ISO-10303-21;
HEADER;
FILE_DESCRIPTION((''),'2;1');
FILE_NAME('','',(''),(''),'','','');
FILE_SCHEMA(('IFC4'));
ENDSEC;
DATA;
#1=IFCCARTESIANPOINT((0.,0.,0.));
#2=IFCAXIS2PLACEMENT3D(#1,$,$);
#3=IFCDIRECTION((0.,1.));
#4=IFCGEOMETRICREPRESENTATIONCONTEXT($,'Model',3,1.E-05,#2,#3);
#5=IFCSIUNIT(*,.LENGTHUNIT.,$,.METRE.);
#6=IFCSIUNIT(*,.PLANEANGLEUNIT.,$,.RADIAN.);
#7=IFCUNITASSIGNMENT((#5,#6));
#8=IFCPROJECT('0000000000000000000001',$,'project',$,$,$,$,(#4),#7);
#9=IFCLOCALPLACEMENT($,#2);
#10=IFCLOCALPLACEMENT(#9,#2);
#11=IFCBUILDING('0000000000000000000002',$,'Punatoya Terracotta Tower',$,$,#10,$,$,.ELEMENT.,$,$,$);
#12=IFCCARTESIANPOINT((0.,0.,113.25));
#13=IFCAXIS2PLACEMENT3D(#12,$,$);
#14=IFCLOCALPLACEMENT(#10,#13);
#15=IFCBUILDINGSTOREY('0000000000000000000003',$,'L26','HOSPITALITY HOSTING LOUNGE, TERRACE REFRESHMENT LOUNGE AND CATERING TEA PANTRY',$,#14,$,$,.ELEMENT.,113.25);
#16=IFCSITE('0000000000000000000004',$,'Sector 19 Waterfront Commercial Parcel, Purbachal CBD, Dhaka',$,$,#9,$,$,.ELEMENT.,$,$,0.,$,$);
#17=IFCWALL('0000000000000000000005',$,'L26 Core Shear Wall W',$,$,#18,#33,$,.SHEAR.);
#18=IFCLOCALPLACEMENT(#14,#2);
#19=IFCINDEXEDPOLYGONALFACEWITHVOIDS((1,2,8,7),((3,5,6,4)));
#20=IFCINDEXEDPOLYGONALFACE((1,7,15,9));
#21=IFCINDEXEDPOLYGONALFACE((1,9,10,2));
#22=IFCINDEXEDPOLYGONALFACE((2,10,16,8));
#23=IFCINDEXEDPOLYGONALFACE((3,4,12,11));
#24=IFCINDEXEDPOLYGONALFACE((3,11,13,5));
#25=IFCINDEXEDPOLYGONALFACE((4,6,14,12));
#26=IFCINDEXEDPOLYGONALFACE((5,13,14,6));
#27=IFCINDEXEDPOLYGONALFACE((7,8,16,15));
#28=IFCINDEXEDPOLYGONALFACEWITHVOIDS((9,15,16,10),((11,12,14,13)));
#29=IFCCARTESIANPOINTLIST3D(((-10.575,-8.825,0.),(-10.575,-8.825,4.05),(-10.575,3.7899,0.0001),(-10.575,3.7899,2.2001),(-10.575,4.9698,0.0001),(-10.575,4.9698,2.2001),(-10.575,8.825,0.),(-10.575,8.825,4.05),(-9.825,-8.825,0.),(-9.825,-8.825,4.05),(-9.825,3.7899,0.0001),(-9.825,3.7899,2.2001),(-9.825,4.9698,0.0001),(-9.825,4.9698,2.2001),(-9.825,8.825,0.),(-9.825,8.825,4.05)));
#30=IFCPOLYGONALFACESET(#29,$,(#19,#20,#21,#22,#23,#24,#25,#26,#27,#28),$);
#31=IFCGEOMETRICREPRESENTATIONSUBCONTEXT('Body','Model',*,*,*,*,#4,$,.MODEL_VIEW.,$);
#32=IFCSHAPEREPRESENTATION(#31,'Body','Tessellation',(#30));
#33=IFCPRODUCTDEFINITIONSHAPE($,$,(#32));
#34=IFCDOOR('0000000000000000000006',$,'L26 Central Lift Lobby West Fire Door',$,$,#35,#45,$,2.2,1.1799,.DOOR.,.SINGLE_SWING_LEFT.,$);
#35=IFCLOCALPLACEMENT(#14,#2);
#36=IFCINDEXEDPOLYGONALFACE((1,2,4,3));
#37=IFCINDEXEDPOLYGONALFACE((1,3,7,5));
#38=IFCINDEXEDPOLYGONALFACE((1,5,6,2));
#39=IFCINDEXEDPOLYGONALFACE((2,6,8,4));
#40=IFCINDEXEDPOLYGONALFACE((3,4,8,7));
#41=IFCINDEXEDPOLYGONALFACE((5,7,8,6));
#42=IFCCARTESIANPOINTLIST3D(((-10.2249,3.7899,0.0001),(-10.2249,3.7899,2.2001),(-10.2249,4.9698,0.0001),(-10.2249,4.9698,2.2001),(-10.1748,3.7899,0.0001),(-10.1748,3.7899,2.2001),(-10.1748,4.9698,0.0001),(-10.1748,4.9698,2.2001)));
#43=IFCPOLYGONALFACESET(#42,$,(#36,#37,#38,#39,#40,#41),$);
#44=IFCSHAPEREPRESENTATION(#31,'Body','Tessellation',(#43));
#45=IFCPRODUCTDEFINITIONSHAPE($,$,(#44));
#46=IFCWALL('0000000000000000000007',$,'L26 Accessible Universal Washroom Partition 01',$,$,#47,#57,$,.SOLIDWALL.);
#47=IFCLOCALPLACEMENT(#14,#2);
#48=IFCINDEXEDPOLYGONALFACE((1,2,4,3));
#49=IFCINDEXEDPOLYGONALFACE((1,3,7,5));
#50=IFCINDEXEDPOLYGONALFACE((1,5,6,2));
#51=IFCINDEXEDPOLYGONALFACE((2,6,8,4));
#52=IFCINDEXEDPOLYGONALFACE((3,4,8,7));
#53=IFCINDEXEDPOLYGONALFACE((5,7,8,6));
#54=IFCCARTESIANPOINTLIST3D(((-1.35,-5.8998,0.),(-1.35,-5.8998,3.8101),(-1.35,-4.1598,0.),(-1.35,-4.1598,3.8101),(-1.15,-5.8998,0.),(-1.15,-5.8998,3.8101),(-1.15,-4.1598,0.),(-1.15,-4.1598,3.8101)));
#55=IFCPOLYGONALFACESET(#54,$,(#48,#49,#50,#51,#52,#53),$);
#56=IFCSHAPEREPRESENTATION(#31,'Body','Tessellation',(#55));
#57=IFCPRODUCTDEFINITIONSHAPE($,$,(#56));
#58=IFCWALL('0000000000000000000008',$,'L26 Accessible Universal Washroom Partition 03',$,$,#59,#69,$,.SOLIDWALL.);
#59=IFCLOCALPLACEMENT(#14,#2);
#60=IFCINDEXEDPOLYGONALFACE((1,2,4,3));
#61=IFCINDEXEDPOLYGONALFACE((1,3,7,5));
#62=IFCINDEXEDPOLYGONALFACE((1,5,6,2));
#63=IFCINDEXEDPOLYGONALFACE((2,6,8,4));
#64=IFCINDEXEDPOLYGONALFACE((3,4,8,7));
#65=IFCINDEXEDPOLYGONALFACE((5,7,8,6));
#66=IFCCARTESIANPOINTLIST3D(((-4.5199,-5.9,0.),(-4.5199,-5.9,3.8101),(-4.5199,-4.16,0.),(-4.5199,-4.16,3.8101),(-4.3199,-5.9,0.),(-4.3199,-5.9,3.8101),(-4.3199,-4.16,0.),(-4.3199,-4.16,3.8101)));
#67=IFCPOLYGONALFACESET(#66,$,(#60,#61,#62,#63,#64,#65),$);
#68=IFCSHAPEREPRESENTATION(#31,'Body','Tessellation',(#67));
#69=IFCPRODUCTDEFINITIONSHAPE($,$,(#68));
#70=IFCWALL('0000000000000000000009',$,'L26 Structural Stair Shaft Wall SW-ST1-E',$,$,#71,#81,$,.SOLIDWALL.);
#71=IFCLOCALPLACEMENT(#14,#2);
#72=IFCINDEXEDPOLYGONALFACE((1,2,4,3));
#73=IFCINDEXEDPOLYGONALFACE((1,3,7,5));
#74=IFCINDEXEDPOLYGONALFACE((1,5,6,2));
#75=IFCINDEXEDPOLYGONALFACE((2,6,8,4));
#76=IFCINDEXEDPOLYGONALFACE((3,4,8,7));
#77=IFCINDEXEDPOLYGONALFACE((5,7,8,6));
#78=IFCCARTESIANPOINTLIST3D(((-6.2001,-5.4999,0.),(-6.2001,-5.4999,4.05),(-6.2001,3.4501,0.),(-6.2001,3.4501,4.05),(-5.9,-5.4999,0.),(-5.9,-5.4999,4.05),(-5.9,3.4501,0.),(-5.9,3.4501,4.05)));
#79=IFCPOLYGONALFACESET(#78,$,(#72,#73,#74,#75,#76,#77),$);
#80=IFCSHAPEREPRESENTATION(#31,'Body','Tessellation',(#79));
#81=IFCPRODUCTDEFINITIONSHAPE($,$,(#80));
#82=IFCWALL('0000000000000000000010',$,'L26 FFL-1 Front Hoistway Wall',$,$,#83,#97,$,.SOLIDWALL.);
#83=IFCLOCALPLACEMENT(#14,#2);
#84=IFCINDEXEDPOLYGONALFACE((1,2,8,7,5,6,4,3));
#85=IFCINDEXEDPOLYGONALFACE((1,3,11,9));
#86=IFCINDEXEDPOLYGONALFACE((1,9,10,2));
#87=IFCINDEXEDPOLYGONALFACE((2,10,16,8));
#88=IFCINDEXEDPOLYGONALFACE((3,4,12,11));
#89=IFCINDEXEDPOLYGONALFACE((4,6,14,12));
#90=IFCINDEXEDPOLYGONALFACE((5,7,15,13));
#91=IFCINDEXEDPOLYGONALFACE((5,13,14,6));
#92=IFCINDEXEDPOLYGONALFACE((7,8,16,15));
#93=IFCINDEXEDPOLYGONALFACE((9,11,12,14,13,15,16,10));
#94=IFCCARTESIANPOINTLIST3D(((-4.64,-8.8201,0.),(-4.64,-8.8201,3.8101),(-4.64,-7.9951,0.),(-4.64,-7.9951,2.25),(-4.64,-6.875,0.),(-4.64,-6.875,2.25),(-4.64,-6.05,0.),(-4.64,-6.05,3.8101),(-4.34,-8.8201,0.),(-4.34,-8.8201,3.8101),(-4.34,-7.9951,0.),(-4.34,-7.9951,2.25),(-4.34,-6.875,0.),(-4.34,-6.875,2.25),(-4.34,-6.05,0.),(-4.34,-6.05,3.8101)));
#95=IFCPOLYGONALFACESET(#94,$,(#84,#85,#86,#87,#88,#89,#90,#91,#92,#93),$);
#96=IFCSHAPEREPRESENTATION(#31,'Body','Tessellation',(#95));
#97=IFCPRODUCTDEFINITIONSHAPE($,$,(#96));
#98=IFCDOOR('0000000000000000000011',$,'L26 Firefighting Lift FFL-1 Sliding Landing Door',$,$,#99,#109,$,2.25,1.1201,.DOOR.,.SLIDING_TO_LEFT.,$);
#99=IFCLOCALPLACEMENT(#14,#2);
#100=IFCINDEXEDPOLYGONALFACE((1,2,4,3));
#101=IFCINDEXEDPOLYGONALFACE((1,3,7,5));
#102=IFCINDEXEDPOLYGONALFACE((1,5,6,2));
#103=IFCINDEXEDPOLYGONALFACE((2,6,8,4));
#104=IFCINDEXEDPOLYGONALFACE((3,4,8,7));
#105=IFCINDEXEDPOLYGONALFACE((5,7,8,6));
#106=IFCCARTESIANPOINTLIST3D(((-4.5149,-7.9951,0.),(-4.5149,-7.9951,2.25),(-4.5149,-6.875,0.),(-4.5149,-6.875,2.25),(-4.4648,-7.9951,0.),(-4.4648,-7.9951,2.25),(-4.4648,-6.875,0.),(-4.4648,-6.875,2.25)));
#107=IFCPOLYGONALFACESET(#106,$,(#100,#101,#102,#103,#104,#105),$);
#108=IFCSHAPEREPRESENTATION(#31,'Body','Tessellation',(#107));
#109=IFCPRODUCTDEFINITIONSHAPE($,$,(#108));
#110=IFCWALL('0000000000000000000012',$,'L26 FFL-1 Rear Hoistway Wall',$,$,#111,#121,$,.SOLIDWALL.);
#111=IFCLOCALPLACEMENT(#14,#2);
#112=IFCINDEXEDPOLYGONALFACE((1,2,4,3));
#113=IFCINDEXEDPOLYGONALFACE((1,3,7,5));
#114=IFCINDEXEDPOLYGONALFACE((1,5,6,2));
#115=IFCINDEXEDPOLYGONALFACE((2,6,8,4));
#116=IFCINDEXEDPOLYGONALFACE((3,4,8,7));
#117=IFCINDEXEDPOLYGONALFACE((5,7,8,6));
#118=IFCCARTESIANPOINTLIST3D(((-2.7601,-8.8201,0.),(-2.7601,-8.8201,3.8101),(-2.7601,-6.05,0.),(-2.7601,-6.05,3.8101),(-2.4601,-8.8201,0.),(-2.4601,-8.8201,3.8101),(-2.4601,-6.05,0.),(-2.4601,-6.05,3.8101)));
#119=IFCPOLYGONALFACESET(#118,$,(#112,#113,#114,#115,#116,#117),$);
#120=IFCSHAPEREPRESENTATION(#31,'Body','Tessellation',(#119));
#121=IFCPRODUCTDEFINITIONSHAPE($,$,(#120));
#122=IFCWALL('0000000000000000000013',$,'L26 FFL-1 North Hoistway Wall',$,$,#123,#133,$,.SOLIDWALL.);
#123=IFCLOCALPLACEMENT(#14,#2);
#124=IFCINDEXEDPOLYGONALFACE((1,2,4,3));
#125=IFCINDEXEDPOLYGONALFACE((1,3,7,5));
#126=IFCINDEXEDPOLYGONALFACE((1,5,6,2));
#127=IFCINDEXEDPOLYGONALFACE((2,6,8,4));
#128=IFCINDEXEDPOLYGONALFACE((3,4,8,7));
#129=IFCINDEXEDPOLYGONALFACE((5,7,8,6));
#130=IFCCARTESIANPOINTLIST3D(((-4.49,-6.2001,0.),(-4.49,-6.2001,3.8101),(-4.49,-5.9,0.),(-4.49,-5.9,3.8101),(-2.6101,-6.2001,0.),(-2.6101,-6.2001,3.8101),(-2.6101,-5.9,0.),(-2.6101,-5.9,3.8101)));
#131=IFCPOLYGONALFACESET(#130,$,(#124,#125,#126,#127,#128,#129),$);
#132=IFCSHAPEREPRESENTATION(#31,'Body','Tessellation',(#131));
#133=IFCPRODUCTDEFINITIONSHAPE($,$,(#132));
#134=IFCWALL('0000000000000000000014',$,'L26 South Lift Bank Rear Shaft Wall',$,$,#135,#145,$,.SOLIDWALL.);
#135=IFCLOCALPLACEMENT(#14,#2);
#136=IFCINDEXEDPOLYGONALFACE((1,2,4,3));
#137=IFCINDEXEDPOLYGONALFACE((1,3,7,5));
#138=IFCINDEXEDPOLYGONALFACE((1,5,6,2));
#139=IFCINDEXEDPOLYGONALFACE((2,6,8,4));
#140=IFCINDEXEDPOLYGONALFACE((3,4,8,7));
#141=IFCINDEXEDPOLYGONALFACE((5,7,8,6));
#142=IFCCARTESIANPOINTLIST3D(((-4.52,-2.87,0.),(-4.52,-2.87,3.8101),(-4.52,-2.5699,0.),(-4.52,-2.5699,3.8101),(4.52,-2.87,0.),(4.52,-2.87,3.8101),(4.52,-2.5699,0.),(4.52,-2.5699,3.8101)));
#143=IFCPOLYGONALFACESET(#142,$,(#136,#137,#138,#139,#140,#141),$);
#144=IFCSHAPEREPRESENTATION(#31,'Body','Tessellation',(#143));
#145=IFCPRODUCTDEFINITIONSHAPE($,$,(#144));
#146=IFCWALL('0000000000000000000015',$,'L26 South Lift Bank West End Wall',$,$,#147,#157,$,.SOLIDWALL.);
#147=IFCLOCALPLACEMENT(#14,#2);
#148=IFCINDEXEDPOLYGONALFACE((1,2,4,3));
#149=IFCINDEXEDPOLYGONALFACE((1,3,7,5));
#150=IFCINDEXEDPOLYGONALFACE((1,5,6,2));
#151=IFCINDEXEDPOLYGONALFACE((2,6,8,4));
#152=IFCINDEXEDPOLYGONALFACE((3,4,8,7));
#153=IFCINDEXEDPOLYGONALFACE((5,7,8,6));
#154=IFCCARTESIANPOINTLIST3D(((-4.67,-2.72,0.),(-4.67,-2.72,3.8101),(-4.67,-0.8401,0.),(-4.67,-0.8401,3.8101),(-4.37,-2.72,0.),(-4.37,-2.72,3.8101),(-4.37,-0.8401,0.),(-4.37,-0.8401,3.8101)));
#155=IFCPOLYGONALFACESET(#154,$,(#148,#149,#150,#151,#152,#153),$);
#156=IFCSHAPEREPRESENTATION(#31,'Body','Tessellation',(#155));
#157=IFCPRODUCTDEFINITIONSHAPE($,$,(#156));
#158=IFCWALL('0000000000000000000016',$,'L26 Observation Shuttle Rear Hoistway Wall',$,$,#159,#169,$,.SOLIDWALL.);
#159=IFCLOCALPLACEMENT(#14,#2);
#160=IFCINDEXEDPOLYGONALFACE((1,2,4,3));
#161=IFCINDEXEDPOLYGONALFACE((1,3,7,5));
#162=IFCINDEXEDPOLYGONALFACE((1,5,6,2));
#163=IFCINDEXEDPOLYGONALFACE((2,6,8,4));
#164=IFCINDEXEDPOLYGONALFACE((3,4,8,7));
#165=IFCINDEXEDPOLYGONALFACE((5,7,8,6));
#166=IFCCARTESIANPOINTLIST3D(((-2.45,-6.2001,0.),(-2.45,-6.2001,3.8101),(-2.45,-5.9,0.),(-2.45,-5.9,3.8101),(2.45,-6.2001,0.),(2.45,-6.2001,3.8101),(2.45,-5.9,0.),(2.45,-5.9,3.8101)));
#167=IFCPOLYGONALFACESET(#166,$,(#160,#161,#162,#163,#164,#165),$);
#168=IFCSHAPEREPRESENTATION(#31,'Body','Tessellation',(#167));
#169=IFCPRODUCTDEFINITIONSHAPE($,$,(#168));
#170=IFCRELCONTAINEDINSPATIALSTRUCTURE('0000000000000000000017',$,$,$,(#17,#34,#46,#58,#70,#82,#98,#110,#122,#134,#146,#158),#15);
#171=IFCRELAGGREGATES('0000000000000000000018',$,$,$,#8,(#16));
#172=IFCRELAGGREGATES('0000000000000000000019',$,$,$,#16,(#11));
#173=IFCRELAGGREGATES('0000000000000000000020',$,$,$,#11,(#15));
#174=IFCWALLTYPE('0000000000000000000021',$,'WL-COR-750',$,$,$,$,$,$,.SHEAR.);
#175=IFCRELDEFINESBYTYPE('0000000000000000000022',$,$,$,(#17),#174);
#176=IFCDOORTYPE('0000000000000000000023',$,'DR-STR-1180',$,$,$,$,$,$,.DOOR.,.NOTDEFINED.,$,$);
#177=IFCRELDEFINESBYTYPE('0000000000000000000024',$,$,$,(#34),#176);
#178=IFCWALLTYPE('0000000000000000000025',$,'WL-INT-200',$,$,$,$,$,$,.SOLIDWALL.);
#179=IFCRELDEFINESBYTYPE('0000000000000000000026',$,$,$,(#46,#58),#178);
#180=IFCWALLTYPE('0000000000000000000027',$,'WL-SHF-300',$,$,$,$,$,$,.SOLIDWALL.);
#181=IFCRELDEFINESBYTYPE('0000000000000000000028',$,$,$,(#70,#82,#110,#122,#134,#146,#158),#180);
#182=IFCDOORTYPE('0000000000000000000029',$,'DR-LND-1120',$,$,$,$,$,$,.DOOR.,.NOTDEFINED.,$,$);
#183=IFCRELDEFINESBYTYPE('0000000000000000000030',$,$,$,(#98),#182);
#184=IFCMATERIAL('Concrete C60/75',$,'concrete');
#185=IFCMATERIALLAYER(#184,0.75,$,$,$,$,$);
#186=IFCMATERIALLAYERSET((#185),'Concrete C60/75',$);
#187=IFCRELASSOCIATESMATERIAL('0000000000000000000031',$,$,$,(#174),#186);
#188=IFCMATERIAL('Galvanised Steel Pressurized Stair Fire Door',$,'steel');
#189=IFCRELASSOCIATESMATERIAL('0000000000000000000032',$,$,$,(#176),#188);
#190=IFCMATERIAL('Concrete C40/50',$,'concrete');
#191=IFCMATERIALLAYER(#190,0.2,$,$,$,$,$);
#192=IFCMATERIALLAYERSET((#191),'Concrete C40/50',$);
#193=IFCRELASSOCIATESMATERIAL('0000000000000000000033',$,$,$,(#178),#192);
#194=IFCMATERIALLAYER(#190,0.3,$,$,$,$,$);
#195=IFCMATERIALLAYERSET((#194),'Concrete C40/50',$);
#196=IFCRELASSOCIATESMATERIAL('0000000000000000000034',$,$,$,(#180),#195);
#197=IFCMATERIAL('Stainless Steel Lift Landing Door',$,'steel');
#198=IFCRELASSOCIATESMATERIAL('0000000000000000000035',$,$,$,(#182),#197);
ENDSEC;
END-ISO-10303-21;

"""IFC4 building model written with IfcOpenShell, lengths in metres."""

from ifc_helpers import new_model, si_unit, direction, frame, frame_2d, origin, place, context, subcontext, project, spatial, rectangle, extrude, material, layer, layer_set, type_object, element, fill, save


model = new_model("IFC4")

# Units and contexts
model_context = context("Model", 3, precision=1e-05, world=origin(), true_north=direction((0.0, 1.0)))
body_context = subcontext(model_context, "Body", "Model", "MODEL_VIEW")
ifc_project = project(units=[si_unit("LENGTHUNIT", "METRE"), si_unit("PLANEANGLEUNIT", "RADIAN")], contexts=[model_context])

# Site, building, storey
site_placement = place(None, origin())
site = spatial("IfcSite", under=ifc_project, at=site_placement, Name="Sector 19 Waterfront Commercial Parcel, Purbachal CBD, Dhaka", CompositionType="ELEMENT", RefElevation=0.0)
building_placement = place(site_placement, origin())
building = spatial("IfcBuilding", under=site, at=building_placement, Name="Punatoya Terracotta Tower", CompositionType="ELEMENT")
storey_placement = place(building_placement, frame((0.0, 0.0, 113.25)))
storey = spatial("IfcBuildingStorey", under=building, at=storey_placement, Name="L26", Description="HOSPITALITY HOSTING LOUNGE, TERRACE REFRESHMENT LOUNGE AND CATERING TEA PANTRY", CompositionType="ELEMENT", Elevation=113.25)

# Shared definitions
ifc_material_1 = material(Name="Concrete C60/75", Category="concrete")

# Wall, opening, door
ifc_layer_1 = layer(ifc_material_1, 0.75)
ifc_layer_set_1 = layer_set([ifc_layer_1], Name="Concrete C60/75")
wall_type_1 = type_object("IfcWallType", Name="WL-COR-750", PredefinedType="SHEAR", material=ifc_layer_set_1)
wall_1_placement = place(storey_placement, frame((-10.2, -8.825, 0.0), z_axis=(0.0, 0.0, 1.0), x_axis=(0.0, 1.0, 0.0)))
wall_1 = element("IfcWall", 1, at=wall_1_placement, inside=storey, type_object=wall_type_1, Name="L26 Core Shear Wall W", PredefinedType="SHEAR", context=body_context, shape_type="SweptSolid", body=[
    extrude(rectangle(XDim=17.6499, YDim=0.75, at=frame_2d((8.825, 0.0))), origin(), (0.0, 0.0, 1.0), 4.05),
])
opening_1_placement = place(wall_1_placement, frame((12.615, 0.0, 0.0)))
opening_1 = element("IfcOpeningElement", 2, at=opening_1_placement, cuts=wall_1, PredefinedType="OPENING", context=body_context, shape_type="SweptSolid", body=[
    extrude(rectangle(XDim=1.1799, YDim=2.2, at=frame_2d((0.5898, 1.1001))), frame((0.0, 0.385, 0.0), z_axis=(0.0, -1.0, 0.0), x_axis=(1.0, 0.0, 0.0)), (0.0, 0.0, 1.0), 0.77),
])
ifc_material_2 = material(Name="Galvanised Steel Pressurized Stair Fire Door", Category="steel")
door_type_1 = type_object("IfcDoorType", Name="DR-STR-1180", OperationType="NOTDEFINED", PredefinedType="DOOR", material=ifc_material_2)
door_1_placement = place(opening_1_placement, origin())
door_1 = element("IfcDoor", 3, at=door_1_placement, inside=storey, type_object=door_type_1, Name="L26 Central Lift Lobby West Fire Door", OperationType="SINGLE_SWING_LEFT", OverallHeight=2.2, OverallWidth=1.1799, PredefinedType="DOOR", context=body_context, shape_type="SweptSolid", body=[
    extrude(rectangle(XDim=1.1799, YDim=2.2, at=frame_2d((0.5898, 1.1001))), frame((0.0, 0.0249, 0.0), z_axis=(0.0, -1.0, 0.0), x_axis=(1.0, 0.0, 0.0)), (0.0, 0.0, 1.0), 0.05),
])
fill(opening_1, door_1)

# Wall
ifc_material_3 = material(Name="Concrete C40/50", Category="concrete")
ifc_layer_2 = layer(ifc_material_3, 0.2)
ifc_layer_set_2 = layer_set([ifc_layer_2], Name="Concrete C40/50")
wall_type_2 = type_object("IfcWallType", Name="WL-INT-200", PredefinedType="SOLIDWALL", material=ifc_layer_set_2)
wall_2_placement = place(storey_placement, frame((-1.25, -5.8999, 0.0), z_axis=(0.0, 0.0, 1.0), x_axis=(0.0, 1.0, 0.0)))
element("IfcWall", 4, at=wall_2_placement, inside=storey, type_object=wall_type_2, Name="L26 Accessible Universal Washroom Partition 01", PredefinedType="SOLIDWALL", context=body_context, shape_type="SweptSolid", body=[
    extrude(rectangle(XDim=1.74, YDim=0.2, at=frame_2d((0.8701, 0.0))), origin(), (0.0, 0.0, 1.0), 3.8101),
])

# Walls
wall_3_placement = place(storey_placement, frame((-4.4199, -4.1599, 0.0), z_axis=(0.0, 0.0, 1.0), x_axis=(0.0, -1.0, 0.0)))
element("IfcWall", 5, at=wall_3_placement, inside=storey, type_object=wall_type_2, Name="L26 Accessible Universal Washroom Partition 03", PredefinedType="SOLIDWALL", context=body_context, shape_type="SweptSolid", body=[
    extrude(rectangle(XDim=1.74, YDim=0.2, at=frame_2d((0.8701, 0.0))), origin(), (0.0, 0.0, 1.0), 3.8101),
])
ifc_layer_3 = layer(ifc_material_3, 0.3)
ifc_layer_set_3 = layer_set([ifc_layer_3], Name="Concrete C40/50")
wall_type_3 = type_object("IfcWallType", Name="WL-SHF-300", PredefinedType="SOLIDWALL", material=ifc_layer_set_3)
wall_4_placement = place(storey_placement, frame((-6.05, -5.5, 0.0), z_axis=(0.0, 0.0, 1.0), x_axis=(0.0, 1.0, 0.0)))
element("IfcWall", 6, at=wall_4_placement, inside=storey, type_object=wall_type_3, Name="L26 Structural Stair Shaft Wall SW-ST1-E", PredefinedType="SOLIDWALL", context=body_context, shape_type="SweptSolid", body=[
    extrude(rectangle(XDim=8.95, YDim=0.3, at=frame_2d((4.4751, 0.0))), origin(), (0.0, 0.0, 1.0), 4.05),
])

# Wall, opening, door
wall_5_placement = place(storey_placement, frame((-4.49, -8.8201, 0.0), z_axis=(0.0, 0.0, 1.0), x_axis=(0.0, 1.0, 0.0)))
wall_5 = element("IfcWall", 7, at=wall_5_placement, inside=storey, type_object=wall_type_3, Name="L26 FFL-1 Front Hoistway Wall", PredefinedType="SOLIDWALL", context=body_context, shape_type="SweptSolid", body=[
    extrude(rectangle(XDim=2.77, YDim=0.3, at=frame_2d((1.385, 0.0))), origin(), (0.0, 0.0, 1.0), 3.8101),
])
opening_2_placement = place(wall_5_placement, frame((0.825, 0.0, 0.0)))
opening_2 = element("IfcOpeningElement", 8, at=opening_2_placement, cuts=wall_5, PredefinedType="OPENING", context=body_context, shape_type="SweptSolid", body=[
    extrude(rectangle(XDim=1.1201, YDim=2.25, at=frame_2d((0.5601, 1.125))), frame((0.0, 0.1599, 0.0), z_axis=(0.0, -1.0, 0.0), x_axis=(1.0, 0.0, 0.0)), (0.0, 0.0, 1.0), 0.3201),
])
ifc_material_4 = material(Name="Stainless Steel Lift Landing Door", Category="steel")
door_type_2 = type_object("IfcDoorType", Name="DR-LND-1120", OperationType="NOTDEFINED", PredefinedType="DOOR", material=ifc_material_4)
door_2_placement = place(opening_2_placement, origin())
door_2 = element("IfcDoor", 9, at=door_2_placement, inside=storey, type_object=door_type_2, Name="L26 Firefighting Lift FFL-1 Sliding Landing Door", OperationType="SLIDING_TO_LEFT", OverallHeight=2.25, OverallWidth=1.1201, PredefinedType="DOOR", context=body_context, shape_type="SweptSolid", body=[
    extrude(rectangle(XDim=1.1201, YDim=2.25, at=frame_2d((0.5601, 1.125))), frame((0.0, 0.0249, 0.0), z_axis=(0.0, -1.0, 0.0), x_axis=(1.0, 0.0, 0.0)), (0.0, 0.0, 1.0), 0.05),
])
fill(opening_2, door_2)

# Walls
wall_6_placement = place(storey_placement, frame((-2.6101, -8.8201, 0.0), z_axis=(0.0, 0.0, 1.0), x_axis=(0.0, 1.0, 0.0)))
element("IfcWall", 10, at=wall_6_placement, inside=storey, type_object=wall_type_3, Name="L26 FFL-1 Rear Hoistway Wall", PredefinedType="SOLIDWALL", context=body_context, shape_type="SweptSolid", body=[
    extrude(rectangle(XDim=2.77, YDim=0.3, at=frame_2d((1.385, 0.0))), origin(), (0.0, 0.0, 1.0), 3.8101),
])
wall_7_placement = place(storey_placement, frame((-4.49, -6.05, 0.0), z_axis=(0.0, 0.0, 1.0), x_axis=(1.0, 0.0, 0.0)))
element("IfcWall", 11, at=wall_7_placement, inside=storey, type_object=wall_type_3, Name="L26 FFL-1 North Hoistway Wall", PredefinedType="SOLIDWALL", context=body_context, shape_type="SweptSolid", body=[
    extrude(rectangle(XDim=1.8799, YDim=0.3, at=frame_2d((0.9399, 0.0))), origin(), (0.0, 0.0, 1.0), 3.8101),
])
wall_8_placement = place(storey_placement, frame((-4.52, -2.72, 0.0), z_axis=(0.0, 0.0, 1.0), x_axis=(1.0, 0.0, 0.0)))
element("IfcWall", 12, at=wall_8_placement, inside=storey, type_object=wall_type_3, Name="L26 South Lift Bank Rear Shaft Wall", PredefinedType="SOLIDWALL", context=body_context, shape_type="SweptSolid", body=[
    extrude(rectangle(XDim=9.04, YDim=0.3, at=frame_2d((4.52, 0.0))), origin(), (0.0, 0.0, 1.0), 3.8101),
])
wall_9_placement = place(storey_placement, frame((-4.52, -2.72, 0.0), z_axis=(0.0, 0.0, 1.0), x_axis=(0.0, 1.0, 0.0)))
element("IfcWall", 13, at=wall_9_placement, inside=storey, type_object=wall_type_3, Name="L26 South Lift Bank West End Wall", PredefinedType="SOLIDWALL", context=body_context, shape_type="SweptSolid", body=[
    extrude(rectangle(XDim=1.8799, YDim=0.3, at=frame_2d((0.9399, 0.0))), origin(), (0.0, 0.0, 1.0), 3.8101),
])
wall_10_placement = place(storey_placement, frame((-2.45, -6.05, 0.0), z_axis=(0.0, 0.0, 1.0), x_axis=(1.0, 0.0, 0.0)))
element("IfcWall", 14, at=wall_10_placement, inside=storey, type_object=wall_type_3, Name="L26 Observation Shuttle Rear Hoistway Wall", PredefinedType="SOLIDWALL", context=body_context, shape_type="SweptSolid", body=[
    extrude(rectangle(XDim=4.8999, YDim=0.3, at=frame_2d((2.45, 0.0))), origin(), (0.0, 0.0, 1.0), 3.8101),
])

save(model, "model.ifc")
